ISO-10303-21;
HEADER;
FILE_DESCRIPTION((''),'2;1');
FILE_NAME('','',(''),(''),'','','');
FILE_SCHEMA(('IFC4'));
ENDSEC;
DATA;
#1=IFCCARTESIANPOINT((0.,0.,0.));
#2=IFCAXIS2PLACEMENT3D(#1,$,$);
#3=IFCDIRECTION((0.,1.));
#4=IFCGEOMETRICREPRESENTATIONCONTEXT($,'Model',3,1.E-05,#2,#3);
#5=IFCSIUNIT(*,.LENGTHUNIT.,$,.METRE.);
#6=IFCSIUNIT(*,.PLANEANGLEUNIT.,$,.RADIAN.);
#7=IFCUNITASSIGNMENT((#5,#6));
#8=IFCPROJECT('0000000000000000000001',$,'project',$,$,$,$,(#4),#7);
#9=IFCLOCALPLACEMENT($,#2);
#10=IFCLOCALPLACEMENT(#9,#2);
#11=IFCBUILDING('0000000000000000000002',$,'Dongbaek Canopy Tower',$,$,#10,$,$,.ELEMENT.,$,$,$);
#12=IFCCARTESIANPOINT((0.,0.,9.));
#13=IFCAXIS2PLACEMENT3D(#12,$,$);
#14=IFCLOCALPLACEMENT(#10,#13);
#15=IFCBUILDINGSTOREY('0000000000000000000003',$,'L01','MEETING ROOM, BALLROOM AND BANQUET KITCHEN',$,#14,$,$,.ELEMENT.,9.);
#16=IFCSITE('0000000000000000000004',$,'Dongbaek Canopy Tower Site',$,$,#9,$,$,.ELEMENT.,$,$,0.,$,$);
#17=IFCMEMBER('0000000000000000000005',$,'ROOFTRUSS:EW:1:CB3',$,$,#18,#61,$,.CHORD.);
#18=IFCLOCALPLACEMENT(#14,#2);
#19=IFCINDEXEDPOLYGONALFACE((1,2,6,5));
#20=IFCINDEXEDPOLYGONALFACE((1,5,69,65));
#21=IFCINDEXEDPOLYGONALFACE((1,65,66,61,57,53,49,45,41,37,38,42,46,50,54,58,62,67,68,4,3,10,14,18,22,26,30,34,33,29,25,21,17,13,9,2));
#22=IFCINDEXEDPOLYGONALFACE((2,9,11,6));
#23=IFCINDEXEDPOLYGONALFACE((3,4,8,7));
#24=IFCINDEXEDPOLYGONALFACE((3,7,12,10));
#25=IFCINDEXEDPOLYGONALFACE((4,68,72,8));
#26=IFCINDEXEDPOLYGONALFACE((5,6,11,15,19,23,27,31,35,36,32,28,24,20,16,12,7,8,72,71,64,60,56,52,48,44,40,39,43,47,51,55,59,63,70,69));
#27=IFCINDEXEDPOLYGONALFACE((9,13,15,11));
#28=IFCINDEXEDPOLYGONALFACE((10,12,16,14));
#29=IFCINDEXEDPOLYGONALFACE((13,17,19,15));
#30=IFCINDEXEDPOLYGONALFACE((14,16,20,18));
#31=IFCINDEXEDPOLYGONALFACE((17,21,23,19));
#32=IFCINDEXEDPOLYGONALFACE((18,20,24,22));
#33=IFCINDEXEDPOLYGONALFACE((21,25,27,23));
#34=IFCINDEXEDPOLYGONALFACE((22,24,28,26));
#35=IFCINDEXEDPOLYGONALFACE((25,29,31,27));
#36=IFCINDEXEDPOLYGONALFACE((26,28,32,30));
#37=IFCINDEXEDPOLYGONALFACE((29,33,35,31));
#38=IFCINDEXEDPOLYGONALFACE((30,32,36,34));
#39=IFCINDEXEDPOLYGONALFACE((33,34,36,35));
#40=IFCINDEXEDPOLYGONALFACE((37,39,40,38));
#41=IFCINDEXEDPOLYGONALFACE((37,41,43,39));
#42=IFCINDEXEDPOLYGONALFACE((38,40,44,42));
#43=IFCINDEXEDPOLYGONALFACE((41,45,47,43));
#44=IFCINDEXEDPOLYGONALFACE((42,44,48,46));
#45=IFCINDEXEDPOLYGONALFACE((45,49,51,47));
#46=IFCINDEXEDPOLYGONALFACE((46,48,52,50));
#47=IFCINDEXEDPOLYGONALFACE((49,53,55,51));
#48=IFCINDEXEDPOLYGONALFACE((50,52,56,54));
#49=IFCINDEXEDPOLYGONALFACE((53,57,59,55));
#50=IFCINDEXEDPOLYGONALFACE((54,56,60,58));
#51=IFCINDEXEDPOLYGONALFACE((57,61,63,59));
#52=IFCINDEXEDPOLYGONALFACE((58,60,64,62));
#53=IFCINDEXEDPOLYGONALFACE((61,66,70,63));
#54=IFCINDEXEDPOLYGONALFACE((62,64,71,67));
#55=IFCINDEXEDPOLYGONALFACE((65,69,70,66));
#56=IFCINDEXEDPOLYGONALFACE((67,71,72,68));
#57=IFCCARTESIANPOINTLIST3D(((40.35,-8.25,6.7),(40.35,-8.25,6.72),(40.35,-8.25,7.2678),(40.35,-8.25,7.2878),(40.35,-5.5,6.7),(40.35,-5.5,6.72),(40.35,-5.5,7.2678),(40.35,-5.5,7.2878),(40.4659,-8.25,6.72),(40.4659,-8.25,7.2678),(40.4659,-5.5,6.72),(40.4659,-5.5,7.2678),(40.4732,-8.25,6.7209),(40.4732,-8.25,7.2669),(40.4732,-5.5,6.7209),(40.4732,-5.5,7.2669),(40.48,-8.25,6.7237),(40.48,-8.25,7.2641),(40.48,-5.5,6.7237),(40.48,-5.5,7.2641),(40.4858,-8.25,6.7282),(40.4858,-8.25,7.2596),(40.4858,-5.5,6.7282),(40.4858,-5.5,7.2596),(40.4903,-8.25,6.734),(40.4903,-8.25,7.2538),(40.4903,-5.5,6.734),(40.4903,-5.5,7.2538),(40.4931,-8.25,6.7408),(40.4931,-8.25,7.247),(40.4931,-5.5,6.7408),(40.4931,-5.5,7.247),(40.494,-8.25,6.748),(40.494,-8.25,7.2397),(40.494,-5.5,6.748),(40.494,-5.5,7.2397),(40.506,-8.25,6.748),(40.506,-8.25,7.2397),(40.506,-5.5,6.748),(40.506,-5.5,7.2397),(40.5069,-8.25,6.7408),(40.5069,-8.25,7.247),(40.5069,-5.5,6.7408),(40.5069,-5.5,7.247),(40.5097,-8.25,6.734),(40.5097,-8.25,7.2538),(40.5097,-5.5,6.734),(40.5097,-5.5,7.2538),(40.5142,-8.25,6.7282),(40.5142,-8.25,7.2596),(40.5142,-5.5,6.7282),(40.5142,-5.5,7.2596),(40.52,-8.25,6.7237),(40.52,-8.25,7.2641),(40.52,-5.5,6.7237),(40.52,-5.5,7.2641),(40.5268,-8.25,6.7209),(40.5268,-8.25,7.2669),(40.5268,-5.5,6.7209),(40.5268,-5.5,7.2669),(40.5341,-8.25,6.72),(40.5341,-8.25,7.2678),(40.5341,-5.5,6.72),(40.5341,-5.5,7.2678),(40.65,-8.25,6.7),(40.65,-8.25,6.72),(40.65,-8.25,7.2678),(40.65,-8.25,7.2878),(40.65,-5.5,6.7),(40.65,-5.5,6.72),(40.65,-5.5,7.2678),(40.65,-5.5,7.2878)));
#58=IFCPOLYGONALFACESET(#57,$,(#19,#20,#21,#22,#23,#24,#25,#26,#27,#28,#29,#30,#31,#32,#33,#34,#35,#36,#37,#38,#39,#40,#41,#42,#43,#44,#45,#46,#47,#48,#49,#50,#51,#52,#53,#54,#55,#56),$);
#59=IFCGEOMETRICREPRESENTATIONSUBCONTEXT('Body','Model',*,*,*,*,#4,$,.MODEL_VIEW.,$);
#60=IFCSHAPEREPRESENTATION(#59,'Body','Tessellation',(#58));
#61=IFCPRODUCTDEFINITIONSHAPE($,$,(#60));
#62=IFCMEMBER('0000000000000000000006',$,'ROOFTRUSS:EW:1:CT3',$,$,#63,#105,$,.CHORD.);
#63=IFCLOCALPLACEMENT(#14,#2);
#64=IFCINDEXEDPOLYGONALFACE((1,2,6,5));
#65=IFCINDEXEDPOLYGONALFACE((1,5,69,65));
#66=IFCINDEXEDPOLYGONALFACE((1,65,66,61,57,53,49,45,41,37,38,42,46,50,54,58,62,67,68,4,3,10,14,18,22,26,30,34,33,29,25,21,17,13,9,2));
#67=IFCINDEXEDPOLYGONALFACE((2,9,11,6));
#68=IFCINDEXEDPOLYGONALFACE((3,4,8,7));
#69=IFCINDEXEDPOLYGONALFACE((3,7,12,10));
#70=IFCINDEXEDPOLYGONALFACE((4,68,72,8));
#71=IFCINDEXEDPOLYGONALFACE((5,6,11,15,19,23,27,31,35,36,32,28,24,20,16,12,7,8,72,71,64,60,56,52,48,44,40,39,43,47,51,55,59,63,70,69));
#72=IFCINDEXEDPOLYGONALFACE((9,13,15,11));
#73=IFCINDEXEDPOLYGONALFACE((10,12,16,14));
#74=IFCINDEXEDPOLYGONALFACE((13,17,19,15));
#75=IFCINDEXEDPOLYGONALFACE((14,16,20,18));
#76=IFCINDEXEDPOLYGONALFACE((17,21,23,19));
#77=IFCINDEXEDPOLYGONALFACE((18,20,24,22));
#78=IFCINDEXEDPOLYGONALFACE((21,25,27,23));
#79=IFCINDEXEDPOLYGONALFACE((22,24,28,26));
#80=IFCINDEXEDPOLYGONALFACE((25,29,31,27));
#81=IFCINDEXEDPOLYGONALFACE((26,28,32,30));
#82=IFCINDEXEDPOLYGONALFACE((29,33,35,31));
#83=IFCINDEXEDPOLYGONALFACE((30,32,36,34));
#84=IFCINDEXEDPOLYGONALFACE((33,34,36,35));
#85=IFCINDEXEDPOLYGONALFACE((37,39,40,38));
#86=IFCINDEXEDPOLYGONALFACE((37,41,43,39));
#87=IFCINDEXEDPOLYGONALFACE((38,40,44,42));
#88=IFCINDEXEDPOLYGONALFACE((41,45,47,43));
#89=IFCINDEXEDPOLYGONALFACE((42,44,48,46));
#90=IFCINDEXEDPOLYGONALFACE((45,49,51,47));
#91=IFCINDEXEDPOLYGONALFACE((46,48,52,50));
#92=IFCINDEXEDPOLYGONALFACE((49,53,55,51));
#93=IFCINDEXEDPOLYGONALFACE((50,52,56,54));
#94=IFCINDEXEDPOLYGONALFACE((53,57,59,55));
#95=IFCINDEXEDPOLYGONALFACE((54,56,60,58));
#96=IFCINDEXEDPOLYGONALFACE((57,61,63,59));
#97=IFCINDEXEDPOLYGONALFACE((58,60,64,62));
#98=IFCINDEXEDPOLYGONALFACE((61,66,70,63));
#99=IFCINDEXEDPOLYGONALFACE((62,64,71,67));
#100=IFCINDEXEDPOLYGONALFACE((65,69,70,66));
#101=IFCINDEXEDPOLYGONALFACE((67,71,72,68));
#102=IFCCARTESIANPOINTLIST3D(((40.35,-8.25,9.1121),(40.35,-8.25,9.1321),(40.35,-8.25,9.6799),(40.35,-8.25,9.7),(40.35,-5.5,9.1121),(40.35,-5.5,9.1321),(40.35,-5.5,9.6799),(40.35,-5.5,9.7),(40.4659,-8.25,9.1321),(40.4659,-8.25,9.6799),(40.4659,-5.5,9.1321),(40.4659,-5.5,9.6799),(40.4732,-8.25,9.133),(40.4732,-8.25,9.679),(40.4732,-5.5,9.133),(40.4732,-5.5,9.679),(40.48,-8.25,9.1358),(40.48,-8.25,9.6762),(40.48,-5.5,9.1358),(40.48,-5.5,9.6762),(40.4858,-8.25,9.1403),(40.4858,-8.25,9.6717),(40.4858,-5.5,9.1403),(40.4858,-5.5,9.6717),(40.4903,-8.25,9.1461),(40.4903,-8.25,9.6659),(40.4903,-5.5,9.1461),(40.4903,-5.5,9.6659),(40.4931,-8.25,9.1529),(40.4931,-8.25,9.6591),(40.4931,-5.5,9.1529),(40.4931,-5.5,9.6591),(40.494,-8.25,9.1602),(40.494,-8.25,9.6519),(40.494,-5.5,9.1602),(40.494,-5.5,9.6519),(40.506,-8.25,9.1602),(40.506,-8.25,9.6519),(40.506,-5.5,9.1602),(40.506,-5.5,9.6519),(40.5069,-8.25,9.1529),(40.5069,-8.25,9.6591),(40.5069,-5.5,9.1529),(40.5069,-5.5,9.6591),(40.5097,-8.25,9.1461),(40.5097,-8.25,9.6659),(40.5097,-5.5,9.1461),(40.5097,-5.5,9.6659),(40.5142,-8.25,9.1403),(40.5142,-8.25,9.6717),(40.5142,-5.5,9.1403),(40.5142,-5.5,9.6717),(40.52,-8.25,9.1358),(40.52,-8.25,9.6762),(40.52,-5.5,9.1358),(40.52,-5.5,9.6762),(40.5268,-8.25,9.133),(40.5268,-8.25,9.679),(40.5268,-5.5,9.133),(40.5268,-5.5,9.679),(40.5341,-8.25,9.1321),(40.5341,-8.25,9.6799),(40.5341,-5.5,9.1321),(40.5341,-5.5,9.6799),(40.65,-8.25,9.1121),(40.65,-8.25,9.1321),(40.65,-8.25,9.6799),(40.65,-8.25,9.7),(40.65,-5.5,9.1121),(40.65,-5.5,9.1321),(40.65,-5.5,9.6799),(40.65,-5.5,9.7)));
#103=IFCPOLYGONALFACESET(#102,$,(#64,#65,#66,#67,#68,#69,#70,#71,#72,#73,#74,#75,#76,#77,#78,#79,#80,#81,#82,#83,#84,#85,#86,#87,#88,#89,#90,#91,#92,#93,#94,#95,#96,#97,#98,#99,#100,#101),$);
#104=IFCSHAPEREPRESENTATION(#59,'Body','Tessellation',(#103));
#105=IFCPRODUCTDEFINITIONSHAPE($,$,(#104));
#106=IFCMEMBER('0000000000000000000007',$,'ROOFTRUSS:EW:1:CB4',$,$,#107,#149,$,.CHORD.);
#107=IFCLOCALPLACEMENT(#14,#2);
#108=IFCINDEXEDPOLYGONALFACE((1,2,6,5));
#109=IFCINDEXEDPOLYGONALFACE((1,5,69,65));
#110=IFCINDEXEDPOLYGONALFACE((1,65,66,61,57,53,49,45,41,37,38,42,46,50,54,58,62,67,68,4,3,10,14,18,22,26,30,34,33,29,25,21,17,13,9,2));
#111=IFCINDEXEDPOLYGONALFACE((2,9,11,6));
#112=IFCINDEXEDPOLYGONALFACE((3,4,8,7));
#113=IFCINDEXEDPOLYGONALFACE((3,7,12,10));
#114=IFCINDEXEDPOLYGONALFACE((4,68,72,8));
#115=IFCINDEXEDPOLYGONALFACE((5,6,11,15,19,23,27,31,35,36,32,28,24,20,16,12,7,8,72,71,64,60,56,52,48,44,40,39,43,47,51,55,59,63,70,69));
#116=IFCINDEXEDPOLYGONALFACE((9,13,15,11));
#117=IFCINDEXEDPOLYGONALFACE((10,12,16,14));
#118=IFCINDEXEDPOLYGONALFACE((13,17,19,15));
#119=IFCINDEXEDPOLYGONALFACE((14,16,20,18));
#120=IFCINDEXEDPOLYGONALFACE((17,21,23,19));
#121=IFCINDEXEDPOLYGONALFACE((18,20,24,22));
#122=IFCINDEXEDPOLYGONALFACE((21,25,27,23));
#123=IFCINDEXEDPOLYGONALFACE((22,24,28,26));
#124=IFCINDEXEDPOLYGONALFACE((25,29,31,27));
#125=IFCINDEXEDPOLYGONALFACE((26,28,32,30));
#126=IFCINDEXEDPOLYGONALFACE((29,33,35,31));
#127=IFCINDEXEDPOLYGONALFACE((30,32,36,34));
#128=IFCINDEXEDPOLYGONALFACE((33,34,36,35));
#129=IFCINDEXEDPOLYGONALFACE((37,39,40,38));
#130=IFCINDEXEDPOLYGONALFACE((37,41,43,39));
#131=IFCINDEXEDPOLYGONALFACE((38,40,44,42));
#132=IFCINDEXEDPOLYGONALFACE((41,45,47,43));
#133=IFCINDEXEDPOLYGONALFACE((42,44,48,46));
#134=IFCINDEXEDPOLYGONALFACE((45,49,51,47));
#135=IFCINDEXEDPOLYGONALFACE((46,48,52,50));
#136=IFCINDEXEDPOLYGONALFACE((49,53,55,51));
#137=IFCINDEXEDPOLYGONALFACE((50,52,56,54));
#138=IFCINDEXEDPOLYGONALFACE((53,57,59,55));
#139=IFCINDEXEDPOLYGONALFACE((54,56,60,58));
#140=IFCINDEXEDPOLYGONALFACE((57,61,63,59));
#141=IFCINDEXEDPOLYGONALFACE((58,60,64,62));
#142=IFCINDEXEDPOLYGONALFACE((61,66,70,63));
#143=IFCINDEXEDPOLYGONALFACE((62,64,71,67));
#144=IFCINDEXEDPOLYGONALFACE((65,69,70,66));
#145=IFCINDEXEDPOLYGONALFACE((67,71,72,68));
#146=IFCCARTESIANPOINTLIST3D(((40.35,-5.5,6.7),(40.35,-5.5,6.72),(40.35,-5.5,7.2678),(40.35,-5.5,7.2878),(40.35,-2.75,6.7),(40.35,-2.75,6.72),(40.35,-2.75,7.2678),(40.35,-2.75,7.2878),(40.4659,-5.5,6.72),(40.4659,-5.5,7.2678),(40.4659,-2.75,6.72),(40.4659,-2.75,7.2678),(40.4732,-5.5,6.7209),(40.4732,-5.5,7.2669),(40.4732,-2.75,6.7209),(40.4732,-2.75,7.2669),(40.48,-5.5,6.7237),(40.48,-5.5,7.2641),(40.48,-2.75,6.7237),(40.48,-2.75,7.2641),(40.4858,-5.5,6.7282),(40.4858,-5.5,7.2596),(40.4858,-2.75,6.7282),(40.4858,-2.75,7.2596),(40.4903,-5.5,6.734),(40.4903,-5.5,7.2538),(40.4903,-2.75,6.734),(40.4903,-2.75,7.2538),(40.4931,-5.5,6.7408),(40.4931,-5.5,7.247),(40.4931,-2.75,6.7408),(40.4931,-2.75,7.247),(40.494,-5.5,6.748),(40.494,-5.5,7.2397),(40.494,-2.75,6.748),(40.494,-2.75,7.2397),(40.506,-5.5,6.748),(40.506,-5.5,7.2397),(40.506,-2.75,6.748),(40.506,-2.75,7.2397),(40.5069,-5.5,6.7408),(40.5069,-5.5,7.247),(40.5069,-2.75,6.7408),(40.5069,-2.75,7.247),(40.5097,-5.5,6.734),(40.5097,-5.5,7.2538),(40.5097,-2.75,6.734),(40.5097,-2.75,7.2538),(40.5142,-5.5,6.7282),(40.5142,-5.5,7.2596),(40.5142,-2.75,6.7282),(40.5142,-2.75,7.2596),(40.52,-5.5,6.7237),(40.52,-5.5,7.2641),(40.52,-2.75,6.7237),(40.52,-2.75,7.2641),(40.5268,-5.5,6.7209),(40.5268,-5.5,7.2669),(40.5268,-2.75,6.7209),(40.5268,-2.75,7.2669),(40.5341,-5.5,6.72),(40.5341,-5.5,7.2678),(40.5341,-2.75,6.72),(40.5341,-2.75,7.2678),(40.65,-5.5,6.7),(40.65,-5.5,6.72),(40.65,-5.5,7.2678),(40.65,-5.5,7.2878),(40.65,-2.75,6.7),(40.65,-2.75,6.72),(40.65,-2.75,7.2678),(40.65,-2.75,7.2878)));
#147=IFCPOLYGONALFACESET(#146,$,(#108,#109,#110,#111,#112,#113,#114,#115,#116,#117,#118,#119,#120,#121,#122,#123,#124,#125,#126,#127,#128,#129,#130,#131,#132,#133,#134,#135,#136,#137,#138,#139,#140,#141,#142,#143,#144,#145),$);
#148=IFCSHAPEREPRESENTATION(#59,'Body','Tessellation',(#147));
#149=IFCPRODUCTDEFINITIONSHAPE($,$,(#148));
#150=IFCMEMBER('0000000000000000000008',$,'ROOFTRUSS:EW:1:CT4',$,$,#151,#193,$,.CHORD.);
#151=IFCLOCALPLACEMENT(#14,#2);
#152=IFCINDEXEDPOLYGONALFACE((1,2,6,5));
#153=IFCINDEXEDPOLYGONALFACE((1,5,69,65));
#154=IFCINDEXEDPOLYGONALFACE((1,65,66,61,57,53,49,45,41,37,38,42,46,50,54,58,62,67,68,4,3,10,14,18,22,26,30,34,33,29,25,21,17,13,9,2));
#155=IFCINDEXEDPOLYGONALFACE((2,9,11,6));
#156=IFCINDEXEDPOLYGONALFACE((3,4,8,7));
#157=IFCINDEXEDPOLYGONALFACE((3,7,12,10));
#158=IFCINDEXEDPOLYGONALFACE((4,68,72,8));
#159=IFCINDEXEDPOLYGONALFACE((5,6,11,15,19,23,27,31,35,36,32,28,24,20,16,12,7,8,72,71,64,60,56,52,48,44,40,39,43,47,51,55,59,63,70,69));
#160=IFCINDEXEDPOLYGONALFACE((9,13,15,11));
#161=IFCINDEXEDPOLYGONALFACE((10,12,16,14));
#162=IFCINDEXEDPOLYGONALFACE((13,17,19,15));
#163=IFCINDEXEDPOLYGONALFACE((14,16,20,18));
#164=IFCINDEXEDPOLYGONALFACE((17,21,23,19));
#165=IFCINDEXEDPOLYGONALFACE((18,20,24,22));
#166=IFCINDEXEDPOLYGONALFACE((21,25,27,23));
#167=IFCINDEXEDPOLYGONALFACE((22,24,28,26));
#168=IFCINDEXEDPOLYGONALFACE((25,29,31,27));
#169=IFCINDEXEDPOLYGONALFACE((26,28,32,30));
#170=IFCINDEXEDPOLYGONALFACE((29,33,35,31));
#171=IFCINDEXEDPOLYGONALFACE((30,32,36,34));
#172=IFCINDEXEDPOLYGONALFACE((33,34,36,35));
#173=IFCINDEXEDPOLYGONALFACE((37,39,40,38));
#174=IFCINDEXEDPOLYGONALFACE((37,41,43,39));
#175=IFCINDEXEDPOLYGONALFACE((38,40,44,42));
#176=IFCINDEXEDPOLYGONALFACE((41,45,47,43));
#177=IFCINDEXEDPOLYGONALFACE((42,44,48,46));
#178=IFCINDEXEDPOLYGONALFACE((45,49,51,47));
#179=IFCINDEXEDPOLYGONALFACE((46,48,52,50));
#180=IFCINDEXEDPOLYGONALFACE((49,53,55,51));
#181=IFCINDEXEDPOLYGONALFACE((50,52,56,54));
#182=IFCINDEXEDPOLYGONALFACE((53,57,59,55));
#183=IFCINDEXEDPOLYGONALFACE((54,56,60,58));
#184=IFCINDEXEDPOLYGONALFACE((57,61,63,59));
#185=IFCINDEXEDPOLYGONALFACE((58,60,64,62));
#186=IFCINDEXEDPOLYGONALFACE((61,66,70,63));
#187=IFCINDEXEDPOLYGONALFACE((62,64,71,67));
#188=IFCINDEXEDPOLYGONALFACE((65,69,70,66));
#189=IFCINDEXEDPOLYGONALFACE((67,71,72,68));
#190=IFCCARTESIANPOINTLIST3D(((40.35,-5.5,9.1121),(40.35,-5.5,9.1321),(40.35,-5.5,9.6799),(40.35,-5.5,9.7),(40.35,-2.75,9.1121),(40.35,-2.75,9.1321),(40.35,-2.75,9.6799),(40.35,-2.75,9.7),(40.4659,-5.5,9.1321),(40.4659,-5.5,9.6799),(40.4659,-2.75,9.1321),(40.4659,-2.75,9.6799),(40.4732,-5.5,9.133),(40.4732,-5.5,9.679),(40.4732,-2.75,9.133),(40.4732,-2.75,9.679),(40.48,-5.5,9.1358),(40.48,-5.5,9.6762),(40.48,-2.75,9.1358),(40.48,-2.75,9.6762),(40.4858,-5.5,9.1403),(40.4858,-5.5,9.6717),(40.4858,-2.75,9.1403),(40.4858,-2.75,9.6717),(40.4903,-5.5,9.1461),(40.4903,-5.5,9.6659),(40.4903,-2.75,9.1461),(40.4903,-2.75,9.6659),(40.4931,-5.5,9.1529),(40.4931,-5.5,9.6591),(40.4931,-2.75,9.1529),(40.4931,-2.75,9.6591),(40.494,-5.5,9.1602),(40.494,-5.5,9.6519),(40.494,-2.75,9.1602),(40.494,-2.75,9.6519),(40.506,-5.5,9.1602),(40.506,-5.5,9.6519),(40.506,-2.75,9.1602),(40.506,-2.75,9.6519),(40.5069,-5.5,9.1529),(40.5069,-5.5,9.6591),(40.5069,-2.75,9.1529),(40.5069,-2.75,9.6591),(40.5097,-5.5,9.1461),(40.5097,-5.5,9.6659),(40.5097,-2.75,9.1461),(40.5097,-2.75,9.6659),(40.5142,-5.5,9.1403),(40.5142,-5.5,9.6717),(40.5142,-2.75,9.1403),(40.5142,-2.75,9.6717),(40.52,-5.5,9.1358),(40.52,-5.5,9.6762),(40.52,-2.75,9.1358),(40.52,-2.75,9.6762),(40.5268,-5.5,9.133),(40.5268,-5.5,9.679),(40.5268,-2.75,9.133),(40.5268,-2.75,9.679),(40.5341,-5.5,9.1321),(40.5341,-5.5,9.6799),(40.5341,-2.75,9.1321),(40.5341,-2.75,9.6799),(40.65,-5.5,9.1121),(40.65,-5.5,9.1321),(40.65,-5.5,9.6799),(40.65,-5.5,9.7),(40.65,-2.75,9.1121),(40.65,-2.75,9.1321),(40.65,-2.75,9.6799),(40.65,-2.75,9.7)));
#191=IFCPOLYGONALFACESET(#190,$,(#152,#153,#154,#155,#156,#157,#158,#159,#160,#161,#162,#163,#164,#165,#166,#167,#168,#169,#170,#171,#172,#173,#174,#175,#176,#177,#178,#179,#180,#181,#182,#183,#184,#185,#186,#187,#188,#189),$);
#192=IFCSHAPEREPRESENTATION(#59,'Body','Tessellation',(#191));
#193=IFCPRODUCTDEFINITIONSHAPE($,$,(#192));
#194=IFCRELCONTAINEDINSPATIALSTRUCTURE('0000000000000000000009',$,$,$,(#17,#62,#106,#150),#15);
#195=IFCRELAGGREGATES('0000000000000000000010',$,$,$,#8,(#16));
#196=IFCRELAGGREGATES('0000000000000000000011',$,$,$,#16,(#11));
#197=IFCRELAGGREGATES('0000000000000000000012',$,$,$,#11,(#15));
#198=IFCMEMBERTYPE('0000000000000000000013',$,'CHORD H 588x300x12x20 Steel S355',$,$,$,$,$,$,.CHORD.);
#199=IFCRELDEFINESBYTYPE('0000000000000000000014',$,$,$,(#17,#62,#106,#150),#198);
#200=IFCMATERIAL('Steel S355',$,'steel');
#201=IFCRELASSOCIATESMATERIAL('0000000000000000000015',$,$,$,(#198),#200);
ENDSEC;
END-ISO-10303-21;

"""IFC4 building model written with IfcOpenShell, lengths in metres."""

from ifc_helpers import new_model, si_unit, direction, frame, origin, origin_2d, place, context, subcontext, project, spatial, i_section, extrude, material, material_profile, profile_set, type_object, element, save


model = new_model("IFC4")

# Units and contexts
model_context = context("Model", 3, precision=1e-05, world=origin(), true_north=direction((0.0, 1.0)))
body_context = subcontext(model_context, "Body", "Model", "MODEL_VIEW")
ifc_project = project(units=[si_unit("LENGTHUNIT", "METRE"), si_unit("PLANEANGLEUNIT", "RADIAN")], contexts=[model_context])

# Site, building, storey
site_placement = place(None, origin())
site = spatial("IfcSite", under=ifc_project, at=site_placement, Name="Dongbaek Canopy Tower Site", CompositionType="ELEMENT", RefElevation=0.0)
building_placement = place(site_placement, origin())
building = spatial("IfcBuilding", under=site, at=building_placement, Name="Dongbaek Canopy Tower", CompositionType="ELEMENT")
storey_placement = place(building_placement, frame((0.0, 0.0, 9.0)))
storey = spatial("IfcBuildingStorey", under=building, at=storey_placement, Name="L01", Description="MEETING ROOM, BALLROOM AND BANQUET KITCHEN", CompositionType="ELEMENT", Elevation=9.0)

# Members
ifc_material_1 = material(Name="Steel S355", Category="steel")
ifc_material_profile_1 = material_profile(ifc_material_1, i_section(OverallWidth=0.3, OverallDepth=0.5879, WebThickness=0.012, FlangeThickness=0.02, FilletRadius=0.0281, at=origin_2d()), Name="CHORD H 588x300x12x20 Steel S355")
ifc_profile_set_1 = profile_set([ifc_material_profile_1], Name="Steel S355")
member_type_1 = type_object("IfcMemberType", Name="CHORD H 588x300x12x20 Steel S355", PredefinedType="CHORD", material=ifc_profile_set_1)
for number, where, z_axis, x_axis, name in (
    (1, (40.5, -8.25, 6.9939), (0.0, 1.0, 0.0), (-1.0, 0.0, 0.0), "ROOFTRUSS:EW:1:CB3"),
    (2, (40.5, -8.25, 9.406), (0.0, 1.0, 0.0), (-1.0, 0.0, 0.0), "ROOFTRUSS:EW:1:CT3"),
    (3, (40.5, -5.5, 6.9939), (0.0, 1.0, 0.0), (-1.0, 0.0, 0.0), "ROOFTRUSS:EW:1:CB4"),
    (4, (40.5, -5.5, 9.406), (0.0, 1.0, 0.0), (-1.0, 0.0, 0.0), "ROOFTRUSS:EW:1:CT4"),
):
    element("IfcMember", number, at=place(storey_placement, frame(where, z_axis=z_axis, x_axis=x_axis)), inside=storey, type_object=member_type_1, Name=name, PredefinedType="CHORD", context=body_context, shape_type="SweptSolid", body=[
        extrude(i_section(OverallWidth=0.3, OverallDepth=0.5879, WebThickness=0.012, FlangeThickness=0.02, FilletRadius=0.0281, at=origin_2d()), origin(), (0.0, 0.0, 1.0), 2.75),
    ])

save(model, "model.ifc")
